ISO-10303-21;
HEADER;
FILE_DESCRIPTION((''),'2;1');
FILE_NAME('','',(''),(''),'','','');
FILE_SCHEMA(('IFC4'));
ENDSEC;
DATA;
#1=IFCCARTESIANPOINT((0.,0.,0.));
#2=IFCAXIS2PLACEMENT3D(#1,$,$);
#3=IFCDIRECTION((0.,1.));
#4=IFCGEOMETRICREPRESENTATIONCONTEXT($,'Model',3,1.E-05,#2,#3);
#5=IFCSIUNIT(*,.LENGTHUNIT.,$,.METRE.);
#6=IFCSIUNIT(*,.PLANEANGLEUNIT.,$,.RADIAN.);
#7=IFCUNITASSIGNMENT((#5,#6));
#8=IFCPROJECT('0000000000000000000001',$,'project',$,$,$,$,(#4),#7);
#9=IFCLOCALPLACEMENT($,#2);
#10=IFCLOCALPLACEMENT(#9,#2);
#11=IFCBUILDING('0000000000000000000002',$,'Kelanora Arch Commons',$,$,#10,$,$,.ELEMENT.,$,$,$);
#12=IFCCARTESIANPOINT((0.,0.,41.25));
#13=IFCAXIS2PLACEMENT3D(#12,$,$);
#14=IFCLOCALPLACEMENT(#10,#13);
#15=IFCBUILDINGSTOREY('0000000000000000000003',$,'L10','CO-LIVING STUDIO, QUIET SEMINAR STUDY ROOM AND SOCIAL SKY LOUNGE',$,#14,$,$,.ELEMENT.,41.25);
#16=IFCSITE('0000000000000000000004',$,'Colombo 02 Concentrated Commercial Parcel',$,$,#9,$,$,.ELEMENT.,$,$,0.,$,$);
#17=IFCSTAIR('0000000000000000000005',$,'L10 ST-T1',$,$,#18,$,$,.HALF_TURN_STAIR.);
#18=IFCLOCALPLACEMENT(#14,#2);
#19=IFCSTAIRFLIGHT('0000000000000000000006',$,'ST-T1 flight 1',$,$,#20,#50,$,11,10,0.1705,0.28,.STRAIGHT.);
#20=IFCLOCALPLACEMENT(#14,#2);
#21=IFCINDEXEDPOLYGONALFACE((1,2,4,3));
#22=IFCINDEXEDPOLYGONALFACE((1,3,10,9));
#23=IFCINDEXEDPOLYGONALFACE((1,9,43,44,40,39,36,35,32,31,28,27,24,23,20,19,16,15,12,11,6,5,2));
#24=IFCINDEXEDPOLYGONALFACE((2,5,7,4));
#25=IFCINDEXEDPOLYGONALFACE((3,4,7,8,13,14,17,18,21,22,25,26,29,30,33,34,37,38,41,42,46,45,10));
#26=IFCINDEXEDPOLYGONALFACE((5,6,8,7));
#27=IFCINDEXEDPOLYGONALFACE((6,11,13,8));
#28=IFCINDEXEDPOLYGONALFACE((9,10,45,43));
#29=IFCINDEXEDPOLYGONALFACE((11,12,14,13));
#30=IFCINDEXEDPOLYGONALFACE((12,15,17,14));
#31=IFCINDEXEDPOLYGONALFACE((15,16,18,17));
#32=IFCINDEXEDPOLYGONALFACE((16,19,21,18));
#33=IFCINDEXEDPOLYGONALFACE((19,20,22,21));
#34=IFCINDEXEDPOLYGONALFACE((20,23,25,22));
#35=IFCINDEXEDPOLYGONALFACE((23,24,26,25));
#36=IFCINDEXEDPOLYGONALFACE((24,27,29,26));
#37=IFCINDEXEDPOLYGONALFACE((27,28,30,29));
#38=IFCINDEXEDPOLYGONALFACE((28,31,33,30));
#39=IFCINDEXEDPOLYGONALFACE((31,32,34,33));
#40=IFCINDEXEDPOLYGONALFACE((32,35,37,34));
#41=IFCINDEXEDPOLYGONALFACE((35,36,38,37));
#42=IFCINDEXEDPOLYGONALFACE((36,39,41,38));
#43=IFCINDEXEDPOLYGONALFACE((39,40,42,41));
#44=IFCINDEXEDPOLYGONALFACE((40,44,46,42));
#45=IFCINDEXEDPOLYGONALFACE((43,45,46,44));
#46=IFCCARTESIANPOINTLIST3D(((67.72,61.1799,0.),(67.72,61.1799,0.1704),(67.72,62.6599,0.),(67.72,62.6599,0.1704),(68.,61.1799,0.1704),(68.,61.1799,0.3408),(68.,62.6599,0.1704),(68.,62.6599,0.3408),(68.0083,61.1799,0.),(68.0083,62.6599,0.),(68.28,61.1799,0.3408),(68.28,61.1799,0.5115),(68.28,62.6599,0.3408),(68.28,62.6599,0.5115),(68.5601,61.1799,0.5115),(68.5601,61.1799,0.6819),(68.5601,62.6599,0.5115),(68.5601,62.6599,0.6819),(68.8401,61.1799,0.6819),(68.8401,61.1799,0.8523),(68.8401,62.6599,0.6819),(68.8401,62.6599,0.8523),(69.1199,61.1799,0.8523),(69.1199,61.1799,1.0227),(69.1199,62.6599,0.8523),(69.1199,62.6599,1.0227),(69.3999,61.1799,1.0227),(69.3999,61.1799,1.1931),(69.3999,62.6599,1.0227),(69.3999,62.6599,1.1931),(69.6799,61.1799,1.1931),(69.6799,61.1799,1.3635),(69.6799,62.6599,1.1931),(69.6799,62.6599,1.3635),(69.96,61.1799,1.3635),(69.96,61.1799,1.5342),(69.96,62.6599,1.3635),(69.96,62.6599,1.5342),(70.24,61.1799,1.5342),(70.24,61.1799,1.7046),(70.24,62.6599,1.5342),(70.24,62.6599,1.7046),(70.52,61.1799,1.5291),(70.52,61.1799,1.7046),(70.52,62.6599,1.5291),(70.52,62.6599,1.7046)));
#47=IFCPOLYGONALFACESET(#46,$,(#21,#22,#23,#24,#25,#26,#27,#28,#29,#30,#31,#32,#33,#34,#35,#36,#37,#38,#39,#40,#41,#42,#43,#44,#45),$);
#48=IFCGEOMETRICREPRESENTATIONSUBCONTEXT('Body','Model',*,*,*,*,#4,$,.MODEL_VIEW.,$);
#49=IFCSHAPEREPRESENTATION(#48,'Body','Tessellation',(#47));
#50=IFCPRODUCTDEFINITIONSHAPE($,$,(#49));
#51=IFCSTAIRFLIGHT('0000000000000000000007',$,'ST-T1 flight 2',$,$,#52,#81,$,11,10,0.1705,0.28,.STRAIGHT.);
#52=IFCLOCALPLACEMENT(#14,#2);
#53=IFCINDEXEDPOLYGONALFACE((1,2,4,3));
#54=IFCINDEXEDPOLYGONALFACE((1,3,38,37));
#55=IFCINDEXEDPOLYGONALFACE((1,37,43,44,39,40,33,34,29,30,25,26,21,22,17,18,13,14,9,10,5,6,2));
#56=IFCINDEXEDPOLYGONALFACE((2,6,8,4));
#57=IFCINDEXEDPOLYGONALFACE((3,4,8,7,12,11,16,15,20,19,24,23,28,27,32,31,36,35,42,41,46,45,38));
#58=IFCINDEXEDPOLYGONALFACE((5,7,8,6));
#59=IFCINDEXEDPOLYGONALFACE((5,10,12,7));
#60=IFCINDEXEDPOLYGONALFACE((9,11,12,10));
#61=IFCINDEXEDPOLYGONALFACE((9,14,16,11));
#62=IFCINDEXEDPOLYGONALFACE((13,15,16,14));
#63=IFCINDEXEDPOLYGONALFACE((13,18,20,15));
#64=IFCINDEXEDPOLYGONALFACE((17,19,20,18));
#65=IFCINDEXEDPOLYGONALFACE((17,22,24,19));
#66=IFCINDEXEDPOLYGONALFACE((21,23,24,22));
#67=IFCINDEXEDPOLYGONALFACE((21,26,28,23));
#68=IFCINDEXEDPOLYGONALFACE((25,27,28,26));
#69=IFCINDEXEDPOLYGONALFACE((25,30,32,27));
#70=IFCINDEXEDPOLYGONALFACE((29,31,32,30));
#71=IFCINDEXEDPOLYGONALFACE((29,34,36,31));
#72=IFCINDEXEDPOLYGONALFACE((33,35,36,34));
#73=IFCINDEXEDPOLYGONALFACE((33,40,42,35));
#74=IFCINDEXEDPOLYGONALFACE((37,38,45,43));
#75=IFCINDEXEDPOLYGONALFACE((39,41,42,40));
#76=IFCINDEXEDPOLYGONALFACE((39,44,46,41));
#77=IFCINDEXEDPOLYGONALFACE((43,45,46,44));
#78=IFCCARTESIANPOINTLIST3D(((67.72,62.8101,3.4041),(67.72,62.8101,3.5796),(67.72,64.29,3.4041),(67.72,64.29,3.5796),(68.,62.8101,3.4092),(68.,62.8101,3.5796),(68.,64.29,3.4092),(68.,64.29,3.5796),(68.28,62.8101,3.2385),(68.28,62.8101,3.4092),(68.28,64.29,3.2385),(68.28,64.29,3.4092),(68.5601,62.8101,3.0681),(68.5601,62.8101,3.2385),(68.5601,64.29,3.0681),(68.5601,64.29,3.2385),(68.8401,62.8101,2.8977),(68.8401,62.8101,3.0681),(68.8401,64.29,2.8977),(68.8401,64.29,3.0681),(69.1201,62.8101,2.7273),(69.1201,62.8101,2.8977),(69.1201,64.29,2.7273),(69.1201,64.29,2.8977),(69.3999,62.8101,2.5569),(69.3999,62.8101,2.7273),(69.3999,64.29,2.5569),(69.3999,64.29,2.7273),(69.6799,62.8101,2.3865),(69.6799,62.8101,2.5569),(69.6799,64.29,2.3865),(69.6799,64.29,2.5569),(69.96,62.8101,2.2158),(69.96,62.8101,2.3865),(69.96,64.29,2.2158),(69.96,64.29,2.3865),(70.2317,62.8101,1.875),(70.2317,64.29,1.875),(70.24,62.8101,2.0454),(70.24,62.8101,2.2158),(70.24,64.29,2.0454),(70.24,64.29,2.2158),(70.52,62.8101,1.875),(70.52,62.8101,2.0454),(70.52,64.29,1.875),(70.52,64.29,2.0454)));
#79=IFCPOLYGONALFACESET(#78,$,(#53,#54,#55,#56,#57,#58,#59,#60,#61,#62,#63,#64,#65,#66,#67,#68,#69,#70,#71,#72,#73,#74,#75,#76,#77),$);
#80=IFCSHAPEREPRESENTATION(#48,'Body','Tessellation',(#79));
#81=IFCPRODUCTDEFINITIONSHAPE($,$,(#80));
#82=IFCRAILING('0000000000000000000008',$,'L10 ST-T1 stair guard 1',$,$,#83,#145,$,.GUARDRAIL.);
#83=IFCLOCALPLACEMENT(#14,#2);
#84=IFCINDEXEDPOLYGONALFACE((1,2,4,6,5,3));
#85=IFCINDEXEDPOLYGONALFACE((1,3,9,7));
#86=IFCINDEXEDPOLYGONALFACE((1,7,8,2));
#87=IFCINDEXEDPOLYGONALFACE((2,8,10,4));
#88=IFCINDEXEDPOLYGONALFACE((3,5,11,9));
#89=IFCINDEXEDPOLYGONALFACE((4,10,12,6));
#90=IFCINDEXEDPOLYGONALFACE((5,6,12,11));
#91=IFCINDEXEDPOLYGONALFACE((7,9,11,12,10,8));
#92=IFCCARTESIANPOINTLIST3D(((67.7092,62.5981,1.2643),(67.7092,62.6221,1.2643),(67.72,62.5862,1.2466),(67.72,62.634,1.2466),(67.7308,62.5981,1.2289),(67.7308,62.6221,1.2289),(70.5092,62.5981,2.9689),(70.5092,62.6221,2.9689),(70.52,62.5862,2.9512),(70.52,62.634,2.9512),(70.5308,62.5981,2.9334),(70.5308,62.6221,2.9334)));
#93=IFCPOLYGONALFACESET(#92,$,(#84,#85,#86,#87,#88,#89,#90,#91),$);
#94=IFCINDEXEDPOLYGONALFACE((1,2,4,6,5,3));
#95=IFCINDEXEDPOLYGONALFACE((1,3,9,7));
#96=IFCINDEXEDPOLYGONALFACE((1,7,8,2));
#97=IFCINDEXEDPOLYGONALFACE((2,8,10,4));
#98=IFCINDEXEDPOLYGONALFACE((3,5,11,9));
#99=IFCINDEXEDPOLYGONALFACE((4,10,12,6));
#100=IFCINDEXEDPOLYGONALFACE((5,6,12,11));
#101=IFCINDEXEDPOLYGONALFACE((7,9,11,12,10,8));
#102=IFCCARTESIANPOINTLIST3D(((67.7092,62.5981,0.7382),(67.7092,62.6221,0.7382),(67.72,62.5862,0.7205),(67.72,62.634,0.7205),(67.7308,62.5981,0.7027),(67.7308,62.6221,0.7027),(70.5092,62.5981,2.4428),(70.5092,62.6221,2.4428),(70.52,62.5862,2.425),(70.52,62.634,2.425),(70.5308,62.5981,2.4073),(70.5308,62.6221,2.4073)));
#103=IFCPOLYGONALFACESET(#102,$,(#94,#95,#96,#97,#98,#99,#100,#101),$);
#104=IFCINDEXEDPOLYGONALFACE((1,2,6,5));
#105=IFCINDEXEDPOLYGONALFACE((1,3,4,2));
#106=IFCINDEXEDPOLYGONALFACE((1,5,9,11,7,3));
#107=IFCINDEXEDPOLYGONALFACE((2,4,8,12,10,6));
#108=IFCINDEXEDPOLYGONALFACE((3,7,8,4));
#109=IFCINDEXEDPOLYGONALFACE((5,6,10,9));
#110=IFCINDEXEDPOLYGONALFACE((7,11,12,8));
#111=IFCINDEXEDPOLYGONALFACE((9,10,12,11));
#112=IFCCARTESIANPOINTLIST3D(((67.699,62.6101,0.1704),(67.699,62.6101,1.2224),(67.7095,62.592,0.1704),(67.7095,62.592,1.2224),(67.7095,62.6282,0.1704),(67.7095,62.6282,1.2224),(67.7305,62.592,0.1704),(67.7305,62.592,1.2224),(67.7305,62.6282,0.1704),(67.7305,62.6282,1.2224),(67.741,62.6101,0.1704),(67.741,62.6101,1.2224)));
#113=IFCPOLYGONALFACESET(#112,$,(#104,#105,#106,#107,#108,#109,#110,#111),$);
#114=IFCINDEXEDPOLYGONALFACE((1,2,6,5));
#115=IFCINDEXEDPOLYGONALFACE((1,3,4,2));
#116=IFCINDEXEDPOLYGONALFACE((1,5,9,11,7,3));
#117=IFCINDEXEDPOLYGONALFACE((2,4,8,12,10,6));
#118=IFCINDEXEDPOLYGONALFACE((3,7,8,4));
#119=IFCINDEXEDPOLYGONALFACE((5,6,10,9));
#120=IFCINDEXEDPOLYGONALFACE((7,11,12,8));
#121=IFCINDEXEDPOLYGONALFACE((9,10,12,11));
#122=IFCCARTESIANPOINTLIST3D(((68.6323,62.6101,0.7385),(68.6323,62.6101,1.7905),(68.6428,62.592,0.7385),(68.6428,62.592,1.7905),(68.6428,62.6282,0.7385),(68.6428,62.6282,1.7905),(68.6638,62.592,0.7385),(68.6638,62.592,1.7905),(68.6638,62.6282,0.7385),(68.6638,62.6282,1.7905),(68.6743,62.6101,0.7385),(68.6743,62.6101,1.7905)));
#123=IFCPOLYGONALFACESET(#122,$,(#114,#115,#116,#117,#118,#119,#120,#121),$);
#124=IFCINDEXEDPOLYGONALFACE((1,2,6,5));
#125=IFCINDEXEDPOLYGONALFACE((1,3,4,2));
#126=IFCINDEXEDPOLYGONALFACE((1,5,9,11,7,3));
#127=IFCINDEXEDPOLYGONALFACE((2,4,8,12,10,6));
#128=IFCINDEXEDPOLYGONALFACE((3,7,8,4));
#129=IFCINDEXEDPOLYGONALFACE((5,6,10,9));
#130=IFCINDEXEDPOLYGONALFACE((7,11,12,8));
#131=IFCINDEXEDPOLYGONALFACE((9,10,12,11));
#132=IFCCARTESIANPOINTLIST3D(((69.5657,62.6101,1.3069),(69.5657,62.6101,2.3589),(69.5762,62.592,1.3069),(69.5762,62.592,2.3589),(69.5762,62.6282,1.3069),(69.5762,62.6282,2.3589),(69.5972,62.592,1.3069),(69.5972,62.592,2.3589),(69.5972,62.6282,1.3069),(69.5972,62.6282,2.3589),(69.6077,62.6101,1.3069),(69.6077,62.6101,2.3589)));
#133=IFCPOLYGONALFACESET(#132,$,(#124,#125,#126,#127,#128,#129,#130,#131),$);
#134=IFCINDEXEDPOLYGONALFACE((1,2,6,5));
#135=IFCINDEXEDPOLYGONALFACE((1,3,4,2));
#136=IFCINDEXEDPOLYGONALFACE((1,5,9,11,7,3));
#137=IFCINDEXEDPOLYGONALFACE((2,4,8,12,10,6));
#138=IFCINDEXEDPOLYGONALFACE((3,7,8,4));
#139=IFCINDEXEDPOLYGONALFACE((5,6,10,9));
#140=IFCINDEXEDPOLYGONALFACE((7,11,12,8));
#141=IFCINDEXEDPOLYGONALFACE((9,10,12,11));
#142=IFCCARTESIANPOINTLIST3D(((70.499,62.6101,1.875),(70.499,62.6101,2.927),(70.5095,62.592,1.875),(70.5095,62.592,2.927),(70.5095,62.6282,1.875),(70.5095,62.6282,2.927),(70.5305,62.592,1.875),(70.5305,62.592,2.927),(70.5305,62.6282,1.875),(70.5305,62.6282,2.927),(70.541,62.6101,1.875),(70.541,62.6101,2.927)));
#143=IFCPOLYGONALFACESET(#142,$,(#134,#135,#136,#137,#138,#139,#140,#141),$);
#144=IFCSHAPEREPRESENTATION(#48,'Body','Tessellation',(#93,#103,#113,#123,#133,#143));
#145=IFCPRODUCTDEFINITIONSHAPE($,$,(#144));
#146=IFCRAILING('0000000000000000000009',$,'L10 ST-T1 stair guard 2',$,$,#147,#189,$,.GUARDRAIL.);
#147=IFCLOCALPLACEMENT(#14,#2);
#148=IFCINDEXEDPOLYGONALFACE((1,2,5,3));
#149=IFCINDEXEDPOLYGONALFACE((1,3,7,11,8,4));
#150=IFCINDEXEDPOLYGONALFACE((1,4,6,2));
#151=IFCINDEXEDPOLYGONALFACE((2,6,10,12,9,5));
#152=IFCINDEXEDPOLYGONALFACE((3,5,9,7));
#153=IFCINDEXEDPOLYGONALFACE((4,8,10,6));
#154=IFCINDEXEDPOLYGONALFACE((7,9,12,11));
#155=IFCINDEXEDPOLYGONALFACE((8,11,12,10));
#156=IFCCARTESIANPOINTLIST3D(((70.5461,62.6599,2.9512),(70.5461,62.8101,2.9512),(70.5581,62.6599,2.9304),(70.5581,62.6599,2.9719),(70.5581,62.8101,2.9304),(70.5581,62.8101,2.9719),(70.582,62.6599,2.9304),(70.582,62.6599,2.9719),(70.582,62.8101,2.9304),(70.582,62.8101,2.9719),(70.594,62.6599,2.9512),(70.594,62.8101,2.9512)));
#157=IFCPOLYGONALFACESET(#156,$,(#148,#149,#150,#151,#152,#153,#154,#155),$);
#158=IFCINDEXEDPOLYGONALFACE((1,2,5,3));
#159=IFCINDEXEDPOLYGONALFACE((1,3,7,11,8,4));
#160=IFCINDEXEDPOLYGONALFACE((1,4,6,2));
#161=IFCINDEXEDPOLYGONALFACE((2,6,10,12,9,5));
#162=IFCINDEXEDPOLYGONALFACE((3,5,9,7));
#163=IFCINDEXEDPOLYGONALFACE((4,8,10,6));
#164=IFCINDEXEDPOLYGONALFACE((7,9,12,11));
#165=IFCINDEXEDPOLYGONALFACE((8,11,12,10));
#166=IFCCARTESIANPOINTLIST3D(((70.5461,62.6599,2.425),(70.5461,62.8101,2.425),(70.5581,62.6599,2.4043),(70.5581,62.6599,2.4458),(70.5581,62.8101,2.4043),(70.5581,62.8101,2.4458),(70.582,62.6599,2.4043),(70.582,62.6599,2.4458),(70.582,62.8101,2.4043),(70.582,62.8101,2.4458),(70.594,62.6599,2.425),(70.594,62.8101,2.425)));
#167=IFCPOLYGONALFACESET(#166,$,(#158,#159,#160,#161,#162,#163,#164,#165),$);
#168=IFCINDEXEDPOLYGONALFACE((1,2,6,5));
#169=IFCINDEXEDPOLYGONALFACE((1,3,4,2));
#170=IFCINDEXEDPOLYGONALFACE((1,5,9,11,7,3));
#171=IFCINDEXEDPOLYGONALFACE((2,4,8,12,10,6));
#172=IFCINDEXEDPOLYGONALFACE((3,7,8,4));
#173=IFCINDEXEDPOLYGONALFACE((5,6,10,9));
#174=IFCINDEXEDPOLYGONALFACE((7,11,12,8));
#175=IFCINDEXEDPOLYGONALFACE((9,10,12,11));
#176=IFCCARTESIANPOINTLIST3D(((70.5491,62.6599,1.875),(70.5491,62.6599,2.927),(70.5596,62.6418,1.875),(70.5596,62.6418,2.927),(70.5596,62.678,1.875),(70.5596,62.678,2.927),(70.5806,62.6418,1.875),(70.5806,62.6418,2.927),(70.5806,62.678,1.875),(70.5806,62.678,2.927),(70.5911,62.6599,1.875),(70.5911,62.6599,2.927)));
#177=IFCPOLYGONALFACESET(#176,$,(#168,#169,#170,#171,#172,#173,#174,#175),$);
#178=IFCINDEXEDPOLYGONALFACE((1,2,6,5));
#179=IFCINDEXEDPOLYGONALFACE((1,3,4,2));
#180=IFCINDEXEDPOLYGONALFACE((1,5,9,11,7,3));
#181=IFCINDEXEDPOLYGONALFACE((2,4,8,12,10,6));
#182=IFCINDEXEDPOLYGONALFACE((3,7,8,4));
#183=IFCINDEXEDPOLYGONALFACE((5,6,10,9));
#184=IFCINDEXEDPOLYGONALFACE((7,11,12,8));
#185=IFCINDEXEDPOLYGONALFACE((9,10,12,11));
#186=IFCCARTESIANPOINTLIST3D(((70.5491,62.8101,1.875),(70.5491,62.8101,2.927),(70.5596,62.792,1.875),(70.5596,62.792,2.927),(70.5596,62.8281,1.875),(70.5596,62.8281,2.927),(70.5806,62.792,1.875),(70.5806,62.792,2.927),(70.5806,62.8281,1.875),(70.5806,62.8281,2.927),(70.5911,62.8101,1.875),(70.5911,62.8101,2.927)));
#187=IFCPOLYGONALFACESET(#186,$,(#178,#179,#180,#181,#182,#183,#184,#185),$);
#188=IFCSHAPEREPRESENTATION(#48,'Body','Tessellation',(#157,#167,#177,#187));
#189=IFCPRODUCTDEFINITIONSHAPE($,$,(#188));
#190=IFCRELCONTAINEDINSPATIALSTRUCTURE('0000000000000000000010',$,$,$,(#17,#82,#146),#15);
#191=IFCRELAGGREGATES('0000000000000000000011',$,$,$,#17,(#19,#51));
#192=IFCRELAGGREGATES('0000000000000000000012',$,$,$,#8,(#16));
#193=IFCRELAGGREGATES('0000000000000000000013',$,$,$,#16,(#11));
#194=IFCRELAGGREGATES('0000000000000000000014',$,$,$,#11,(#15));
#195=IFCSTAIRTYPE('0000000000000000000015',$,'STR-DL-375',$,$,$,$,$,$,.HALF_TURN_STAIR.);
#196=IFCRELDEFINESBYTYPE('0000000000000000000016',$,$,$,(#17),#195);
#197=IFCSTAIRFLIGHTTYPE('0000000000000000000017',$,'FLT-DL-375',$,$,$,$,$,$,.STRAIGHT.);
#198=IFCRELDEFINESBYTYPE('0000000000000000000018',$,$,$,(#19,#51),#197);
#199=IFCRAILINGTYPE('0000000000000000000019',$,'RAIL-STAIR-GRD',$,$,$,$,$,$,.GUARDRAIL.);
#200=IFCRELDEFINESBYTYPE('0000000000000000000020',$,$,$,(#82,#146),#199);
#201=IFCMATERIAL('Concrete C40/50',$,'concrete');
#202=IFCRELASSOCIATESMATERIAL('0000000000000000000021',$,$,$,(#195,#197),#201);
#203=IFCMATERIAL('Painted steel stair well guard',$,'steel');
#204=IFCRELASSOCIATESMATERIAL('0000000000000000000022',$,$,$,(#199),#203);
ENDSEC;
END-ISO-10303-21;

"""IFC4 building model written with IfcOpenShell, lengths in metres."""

from ifc_helpers import new_model, si_unit, direction, frame, origin, place, context, subcontext, project, spatial, polyline, outline, extrude, material, type_object, element, aggregate, save


model = new_model("IFC4")

# Units and contexts
model_context = context("Model", 3, precision=1e-05, world=origin(), true_north=direction((0.0, 1.0)))
body_context = subcontext(model_context, "Body", "Model", "MODEL_VIEW")
ifc_project = project(units=[si_unit("LENGTHUNIT", "METRE"), si_unit("PLANEANGLEUNIT", "RADIAN")], contexts=[model_context])

# Site, building, storey
site_placement = place(None, origin())
site = spatial("IfcSite", under=ifc_project, at=site_placement, Name="Colombo 02 Concentrated Commercial Parcel", CompositionType="ELEMENT", RefElevation=0.0)
building_placement = place(site_placement, origin())
building = spatial("IfcBuilding", under=site, at=building_placement, Name="Kelanora Arch Commons", CompositionType="ELEMENT")
storey_placement = place(building_placement, frame((0.0, 0.0, 41.25)))
storey = spatial("IfcBuildingStorey", under=building, at=storey_placement, Name="L10", Description="CO-LIVING STUDIO, QUIET SEMINAR STUDY ROOM AND SOCIAL SKY LOUNGE", CompositionType="ELEMENT", Elevation=41.25)

# Shared definitions
ifc_material_1 = material(Name="Concrete C40/50", Category="concrete")

# Stair, stair flights
stair_type = type_object("IfcStairType", Name="STR-DL-375", PredefinedType="HALF_TURN_STAIR", material=ifc_material_1)
stair_placement = place(storey_placement, origin())
stair = element("IfcStair", 1, at=stair_placement, inside=storey, type_object=stair_type, Name="L10 ST-T1", PredefinedType="HALF_TURN_STAIR")
stair_flight_type = type_object("IfcStairFlightType", Name="FLT-DL-375", PredefinedType="STRAIGHT", material=ifc_material_1)
stair_flight_1_placement = place(storey_placement, frame((67.72, 61.9199, 0.0), z_axis=(0.0, 0.0, 1.0), x_axis=(1.0, 0.0, 0.0)))
stair_flight_1 = element("IfcStairFlight", 2, at=stair_flight_1_placement, type_object=stair_flight_type, Name="ST-T1 flight 1", NumberOfRisers=11, NumberOfTreads=10, PredefinedType="STRAIGHT", RiserHeight=0.1705, TreadLength=0.28, context=body_context, shape_type="SweptSolid", body=[
    extrude(outline(polyline([(0.0, 0.0), (0.0, 0.1704), (0.28, 0.1704), (0.28, 0.3408), (0.5601, 0.3408), (0.5601, 0.5115), (0.8401, 0.5115), (0.8401, 0.6819), (1.1201, 0.6819), (1.1201, 0.8523), (1.3999, 0.8523), (1.3999, 1.0227), (1.6799, 1.0227), (1.6799, 1.1931), (1.96, 1.1931), (1.96, 1.3635), (2.24, 1.3635), (2.24, 1.5342), (2.52, 1.5342), (2.52, 1.7046), (2.8, 1.7046), (2.8, 1.875), (2.8, 1.5291), (0.2883, 0.0), (0.0, 0.0)])), frame((0.0, 0.74, 0.0), z_axis=(0.0, -1.0, 0.0), x_axis=(1.0, 0.0, 0.0)), (0.0, 0.0, 1.0), 1.48),
])
stair_flight_2_placement = place(storey_placement, frame((70.52, 63.55, 1.875), z_axis=(0.0, 0.0, 1.0), x_axis=(-1.0, 0.0, 0.0)))
stair_flight_2 = element("IfcStairFlight", 3, at=stair_flight_2_placement, type_object=stair_flight_type, Name="ST-T1 flight 2", NumberOfRisers=11, NumberOfTreads=10, PredefinedType="STRAIGHT", RiserHeight=0.1705, TreadLength=0.28, context=body_context, shape_type="SweptSolid", body=[
    extrude(outline(polyline([(0.0, 0.0), (0.0, 0.1704), (0.28, 0.1704), (0.28, 0.3408), (0.5601, 0.3408), (0.5601, 0.5115), (0.8401, 0.5115), (0.8401, 0.6819), (1.1201, 0.6819), (1.1201, 0.8523), (1.3999, 0.8523), (1.3999, 1.0227), (1.6799, 1.0227), (1.6799, 1.1931), (1.96, 1.1931), (1.96, 1.3635), (2.24, 1.3635), (2.24, 1.5342), (2.52, 1.5342), (2.52, 1.7046), (2.8, 1.7046), (2.8, 1.875), (2.8, 1.5291), (0.2883, 0.0), (0.0, 0.0)])), frame((0.0, 0.74, 0.0), z_axis=(0.0, -1.0, 0.0), x_axis=(1.0, 0.0, 0.0)), (0.0, 0.0, 1.0), 1.48),
])
aggregate(stair, [stair_flight_1, stair_flight_2])

# Railings
ifc_material_2 = material(Name="Painted steel stair well guard", Category="steel")
railing_type_1 = type_object("IfcRailingType", Name="RAIL-STAIR-GRD", PredefinedType="GUARDRAIL", material=ifc_material_2)
railing_1_placement = place(storey_placement, frame((67.72, 62.6101, 0.1704)))
element("IfcRailing", 4, at=railing_1_placement, inside=storey, type_object=railing_type_1, Name="L10 ST-T1 stair guard 1", PredefinedType="GUARDRAIL", context=body_context, shape_type="SweptSolid", body=[
    extrude(outline(polyline([(0.0239, 0.0), (0.012, 0.0208), (-0.012, 0.0208), (-0.0239, 0.0), (-0.012, -0.0208), (0.012, -0.0208), (0.0239, 0.0)])), frame((0.0, 0.0, 1.0762), z_axis=(0.85417, 0.0, 0.519994), x_axis=(0.0, 1.0, 0.0)), (0.0, 0.0, 1.0), 3.2781),
    extrude(outline(polyline([(0.0239, 0.0), (0.012, 0.0208), (-0.012, 0.0208), (-0.0239, 0.0), (-0.012, -0.0208), (0.012, -0.0208), (0.0239, 0.0)])), frame((0.0, 0.0, 0.55), z_axis=(0.85417, 0.0, 0.519994), x_axis=(0.0, 1.0, 0.0)), (0.0, 0.0, 1.0), 3.2781),
    extrude(outline(polyline([(0.021, 0.0), (0.0105, 0.0181), (-0.0105, 0.0181), (-0.021, 0.0), (-0.0105, -0.0181), (0.0105, -0.0181), (0.021, 0.0)])), origin(), (0.0, 0.0, 1.0), 1.052),
    extrude(outline(polyline([(0.021, 0.0), (0.0105, 0.0181), (-0.0105, 0.0181), (-0.021, 0.0), (-0.0105, -0.0181), (0.0105, -0.0181), (0.021, 0.0)])), frame((0.9333, 0.0, 0.5681)), (0.0, 0.0, 1.0), 1.052),
    extrude(outline(polyline([(0.021, 0.0), (0.0105, 0.0181), (-0.0105, 0.0181), (-0.021, 0.0), (-0.0105, -0.0181), (0.0105, -0.0181), (0.021, 0.0)])), frame((1.8667, 0.0, 1.1365)), (0.0, 0.0, 1.0), 1.052),
    extrude(outline(polyline([(0.021, 0.0), (0.0105, 0.0181), (-0.0105, 0.0181), (-0.021, 0.0), (-0.0105, -0.0181), (0.0105, -0.0181), (0.021, 0.0)])), frame((2.8, 0.0, 1.7046)), (0.0, 0.0, 1.0), 1.052),
])
railing_2_placement = place(storey_placement, frame((70.5701, 62.6599, 1.875)))
element("IfcRailing", 5, at=railing_2_placement, inside=storey, type_object=railing_type_1, Name="L10 ST-T1 stair guard 2", PredefinedType="GUARDRAIL", context=body_context, shape_type="SweptSolid", body=[
    extrude(outline(polyline([(0.0239, 0.0), (0.012, 0.0208), (-0.012, 0.0208), (-0.0239, 0.0), (-0.012, -0.0208), (0.012, -0.0208), (0.0239, 0.0)])), frame((0.0, 0.0, 1.0762), z_axis=(0.0, 1.0, 0.0), x_axis=(-1.0, 0.0, 0.0)), (0.0, 0.0, 1.0), 0.1501),
    extrude(outline(polyline([(0.0239, 0.0), (0.012, 0.0208), (-0.012, 0.0208), (-0.0239, 0.0), (-0.012, -0.0208), (0.012, -0.0208), (0.0239, 0.0)])), frame((0.0, 0.0, 0.55), z_axis=(0.0, 1.0, 0.0), x_axis=(-1.0, 0.0, 0.0)), (0.0, 0.0, 1.0), 0.1501),
    extrude(outline(polyline([(0.021, 0.0), (0.0105, 0.0181), (-0.0105, 0.0181), (-0.021, 0.0), (-0.0105, -0.0181), (0.0105, -0.0181), (0.021, 0.0)])), origin(), (0.0, 0.0, 1.0), 1.052),
    extrude(outline(polyline([(0.021, 0.0), (0.0105, 0.0181), (-0.0105, 0.0181), (-0.021, 0.0), (-0.0105, -0.0181), (0.0105, -0.0181), (0.021, 0.0)])), frame((0.0, 0.1501, 0.0)), (0.0, 0.0, 1.0), 1.052),
])

save(model, "model.ifc")
